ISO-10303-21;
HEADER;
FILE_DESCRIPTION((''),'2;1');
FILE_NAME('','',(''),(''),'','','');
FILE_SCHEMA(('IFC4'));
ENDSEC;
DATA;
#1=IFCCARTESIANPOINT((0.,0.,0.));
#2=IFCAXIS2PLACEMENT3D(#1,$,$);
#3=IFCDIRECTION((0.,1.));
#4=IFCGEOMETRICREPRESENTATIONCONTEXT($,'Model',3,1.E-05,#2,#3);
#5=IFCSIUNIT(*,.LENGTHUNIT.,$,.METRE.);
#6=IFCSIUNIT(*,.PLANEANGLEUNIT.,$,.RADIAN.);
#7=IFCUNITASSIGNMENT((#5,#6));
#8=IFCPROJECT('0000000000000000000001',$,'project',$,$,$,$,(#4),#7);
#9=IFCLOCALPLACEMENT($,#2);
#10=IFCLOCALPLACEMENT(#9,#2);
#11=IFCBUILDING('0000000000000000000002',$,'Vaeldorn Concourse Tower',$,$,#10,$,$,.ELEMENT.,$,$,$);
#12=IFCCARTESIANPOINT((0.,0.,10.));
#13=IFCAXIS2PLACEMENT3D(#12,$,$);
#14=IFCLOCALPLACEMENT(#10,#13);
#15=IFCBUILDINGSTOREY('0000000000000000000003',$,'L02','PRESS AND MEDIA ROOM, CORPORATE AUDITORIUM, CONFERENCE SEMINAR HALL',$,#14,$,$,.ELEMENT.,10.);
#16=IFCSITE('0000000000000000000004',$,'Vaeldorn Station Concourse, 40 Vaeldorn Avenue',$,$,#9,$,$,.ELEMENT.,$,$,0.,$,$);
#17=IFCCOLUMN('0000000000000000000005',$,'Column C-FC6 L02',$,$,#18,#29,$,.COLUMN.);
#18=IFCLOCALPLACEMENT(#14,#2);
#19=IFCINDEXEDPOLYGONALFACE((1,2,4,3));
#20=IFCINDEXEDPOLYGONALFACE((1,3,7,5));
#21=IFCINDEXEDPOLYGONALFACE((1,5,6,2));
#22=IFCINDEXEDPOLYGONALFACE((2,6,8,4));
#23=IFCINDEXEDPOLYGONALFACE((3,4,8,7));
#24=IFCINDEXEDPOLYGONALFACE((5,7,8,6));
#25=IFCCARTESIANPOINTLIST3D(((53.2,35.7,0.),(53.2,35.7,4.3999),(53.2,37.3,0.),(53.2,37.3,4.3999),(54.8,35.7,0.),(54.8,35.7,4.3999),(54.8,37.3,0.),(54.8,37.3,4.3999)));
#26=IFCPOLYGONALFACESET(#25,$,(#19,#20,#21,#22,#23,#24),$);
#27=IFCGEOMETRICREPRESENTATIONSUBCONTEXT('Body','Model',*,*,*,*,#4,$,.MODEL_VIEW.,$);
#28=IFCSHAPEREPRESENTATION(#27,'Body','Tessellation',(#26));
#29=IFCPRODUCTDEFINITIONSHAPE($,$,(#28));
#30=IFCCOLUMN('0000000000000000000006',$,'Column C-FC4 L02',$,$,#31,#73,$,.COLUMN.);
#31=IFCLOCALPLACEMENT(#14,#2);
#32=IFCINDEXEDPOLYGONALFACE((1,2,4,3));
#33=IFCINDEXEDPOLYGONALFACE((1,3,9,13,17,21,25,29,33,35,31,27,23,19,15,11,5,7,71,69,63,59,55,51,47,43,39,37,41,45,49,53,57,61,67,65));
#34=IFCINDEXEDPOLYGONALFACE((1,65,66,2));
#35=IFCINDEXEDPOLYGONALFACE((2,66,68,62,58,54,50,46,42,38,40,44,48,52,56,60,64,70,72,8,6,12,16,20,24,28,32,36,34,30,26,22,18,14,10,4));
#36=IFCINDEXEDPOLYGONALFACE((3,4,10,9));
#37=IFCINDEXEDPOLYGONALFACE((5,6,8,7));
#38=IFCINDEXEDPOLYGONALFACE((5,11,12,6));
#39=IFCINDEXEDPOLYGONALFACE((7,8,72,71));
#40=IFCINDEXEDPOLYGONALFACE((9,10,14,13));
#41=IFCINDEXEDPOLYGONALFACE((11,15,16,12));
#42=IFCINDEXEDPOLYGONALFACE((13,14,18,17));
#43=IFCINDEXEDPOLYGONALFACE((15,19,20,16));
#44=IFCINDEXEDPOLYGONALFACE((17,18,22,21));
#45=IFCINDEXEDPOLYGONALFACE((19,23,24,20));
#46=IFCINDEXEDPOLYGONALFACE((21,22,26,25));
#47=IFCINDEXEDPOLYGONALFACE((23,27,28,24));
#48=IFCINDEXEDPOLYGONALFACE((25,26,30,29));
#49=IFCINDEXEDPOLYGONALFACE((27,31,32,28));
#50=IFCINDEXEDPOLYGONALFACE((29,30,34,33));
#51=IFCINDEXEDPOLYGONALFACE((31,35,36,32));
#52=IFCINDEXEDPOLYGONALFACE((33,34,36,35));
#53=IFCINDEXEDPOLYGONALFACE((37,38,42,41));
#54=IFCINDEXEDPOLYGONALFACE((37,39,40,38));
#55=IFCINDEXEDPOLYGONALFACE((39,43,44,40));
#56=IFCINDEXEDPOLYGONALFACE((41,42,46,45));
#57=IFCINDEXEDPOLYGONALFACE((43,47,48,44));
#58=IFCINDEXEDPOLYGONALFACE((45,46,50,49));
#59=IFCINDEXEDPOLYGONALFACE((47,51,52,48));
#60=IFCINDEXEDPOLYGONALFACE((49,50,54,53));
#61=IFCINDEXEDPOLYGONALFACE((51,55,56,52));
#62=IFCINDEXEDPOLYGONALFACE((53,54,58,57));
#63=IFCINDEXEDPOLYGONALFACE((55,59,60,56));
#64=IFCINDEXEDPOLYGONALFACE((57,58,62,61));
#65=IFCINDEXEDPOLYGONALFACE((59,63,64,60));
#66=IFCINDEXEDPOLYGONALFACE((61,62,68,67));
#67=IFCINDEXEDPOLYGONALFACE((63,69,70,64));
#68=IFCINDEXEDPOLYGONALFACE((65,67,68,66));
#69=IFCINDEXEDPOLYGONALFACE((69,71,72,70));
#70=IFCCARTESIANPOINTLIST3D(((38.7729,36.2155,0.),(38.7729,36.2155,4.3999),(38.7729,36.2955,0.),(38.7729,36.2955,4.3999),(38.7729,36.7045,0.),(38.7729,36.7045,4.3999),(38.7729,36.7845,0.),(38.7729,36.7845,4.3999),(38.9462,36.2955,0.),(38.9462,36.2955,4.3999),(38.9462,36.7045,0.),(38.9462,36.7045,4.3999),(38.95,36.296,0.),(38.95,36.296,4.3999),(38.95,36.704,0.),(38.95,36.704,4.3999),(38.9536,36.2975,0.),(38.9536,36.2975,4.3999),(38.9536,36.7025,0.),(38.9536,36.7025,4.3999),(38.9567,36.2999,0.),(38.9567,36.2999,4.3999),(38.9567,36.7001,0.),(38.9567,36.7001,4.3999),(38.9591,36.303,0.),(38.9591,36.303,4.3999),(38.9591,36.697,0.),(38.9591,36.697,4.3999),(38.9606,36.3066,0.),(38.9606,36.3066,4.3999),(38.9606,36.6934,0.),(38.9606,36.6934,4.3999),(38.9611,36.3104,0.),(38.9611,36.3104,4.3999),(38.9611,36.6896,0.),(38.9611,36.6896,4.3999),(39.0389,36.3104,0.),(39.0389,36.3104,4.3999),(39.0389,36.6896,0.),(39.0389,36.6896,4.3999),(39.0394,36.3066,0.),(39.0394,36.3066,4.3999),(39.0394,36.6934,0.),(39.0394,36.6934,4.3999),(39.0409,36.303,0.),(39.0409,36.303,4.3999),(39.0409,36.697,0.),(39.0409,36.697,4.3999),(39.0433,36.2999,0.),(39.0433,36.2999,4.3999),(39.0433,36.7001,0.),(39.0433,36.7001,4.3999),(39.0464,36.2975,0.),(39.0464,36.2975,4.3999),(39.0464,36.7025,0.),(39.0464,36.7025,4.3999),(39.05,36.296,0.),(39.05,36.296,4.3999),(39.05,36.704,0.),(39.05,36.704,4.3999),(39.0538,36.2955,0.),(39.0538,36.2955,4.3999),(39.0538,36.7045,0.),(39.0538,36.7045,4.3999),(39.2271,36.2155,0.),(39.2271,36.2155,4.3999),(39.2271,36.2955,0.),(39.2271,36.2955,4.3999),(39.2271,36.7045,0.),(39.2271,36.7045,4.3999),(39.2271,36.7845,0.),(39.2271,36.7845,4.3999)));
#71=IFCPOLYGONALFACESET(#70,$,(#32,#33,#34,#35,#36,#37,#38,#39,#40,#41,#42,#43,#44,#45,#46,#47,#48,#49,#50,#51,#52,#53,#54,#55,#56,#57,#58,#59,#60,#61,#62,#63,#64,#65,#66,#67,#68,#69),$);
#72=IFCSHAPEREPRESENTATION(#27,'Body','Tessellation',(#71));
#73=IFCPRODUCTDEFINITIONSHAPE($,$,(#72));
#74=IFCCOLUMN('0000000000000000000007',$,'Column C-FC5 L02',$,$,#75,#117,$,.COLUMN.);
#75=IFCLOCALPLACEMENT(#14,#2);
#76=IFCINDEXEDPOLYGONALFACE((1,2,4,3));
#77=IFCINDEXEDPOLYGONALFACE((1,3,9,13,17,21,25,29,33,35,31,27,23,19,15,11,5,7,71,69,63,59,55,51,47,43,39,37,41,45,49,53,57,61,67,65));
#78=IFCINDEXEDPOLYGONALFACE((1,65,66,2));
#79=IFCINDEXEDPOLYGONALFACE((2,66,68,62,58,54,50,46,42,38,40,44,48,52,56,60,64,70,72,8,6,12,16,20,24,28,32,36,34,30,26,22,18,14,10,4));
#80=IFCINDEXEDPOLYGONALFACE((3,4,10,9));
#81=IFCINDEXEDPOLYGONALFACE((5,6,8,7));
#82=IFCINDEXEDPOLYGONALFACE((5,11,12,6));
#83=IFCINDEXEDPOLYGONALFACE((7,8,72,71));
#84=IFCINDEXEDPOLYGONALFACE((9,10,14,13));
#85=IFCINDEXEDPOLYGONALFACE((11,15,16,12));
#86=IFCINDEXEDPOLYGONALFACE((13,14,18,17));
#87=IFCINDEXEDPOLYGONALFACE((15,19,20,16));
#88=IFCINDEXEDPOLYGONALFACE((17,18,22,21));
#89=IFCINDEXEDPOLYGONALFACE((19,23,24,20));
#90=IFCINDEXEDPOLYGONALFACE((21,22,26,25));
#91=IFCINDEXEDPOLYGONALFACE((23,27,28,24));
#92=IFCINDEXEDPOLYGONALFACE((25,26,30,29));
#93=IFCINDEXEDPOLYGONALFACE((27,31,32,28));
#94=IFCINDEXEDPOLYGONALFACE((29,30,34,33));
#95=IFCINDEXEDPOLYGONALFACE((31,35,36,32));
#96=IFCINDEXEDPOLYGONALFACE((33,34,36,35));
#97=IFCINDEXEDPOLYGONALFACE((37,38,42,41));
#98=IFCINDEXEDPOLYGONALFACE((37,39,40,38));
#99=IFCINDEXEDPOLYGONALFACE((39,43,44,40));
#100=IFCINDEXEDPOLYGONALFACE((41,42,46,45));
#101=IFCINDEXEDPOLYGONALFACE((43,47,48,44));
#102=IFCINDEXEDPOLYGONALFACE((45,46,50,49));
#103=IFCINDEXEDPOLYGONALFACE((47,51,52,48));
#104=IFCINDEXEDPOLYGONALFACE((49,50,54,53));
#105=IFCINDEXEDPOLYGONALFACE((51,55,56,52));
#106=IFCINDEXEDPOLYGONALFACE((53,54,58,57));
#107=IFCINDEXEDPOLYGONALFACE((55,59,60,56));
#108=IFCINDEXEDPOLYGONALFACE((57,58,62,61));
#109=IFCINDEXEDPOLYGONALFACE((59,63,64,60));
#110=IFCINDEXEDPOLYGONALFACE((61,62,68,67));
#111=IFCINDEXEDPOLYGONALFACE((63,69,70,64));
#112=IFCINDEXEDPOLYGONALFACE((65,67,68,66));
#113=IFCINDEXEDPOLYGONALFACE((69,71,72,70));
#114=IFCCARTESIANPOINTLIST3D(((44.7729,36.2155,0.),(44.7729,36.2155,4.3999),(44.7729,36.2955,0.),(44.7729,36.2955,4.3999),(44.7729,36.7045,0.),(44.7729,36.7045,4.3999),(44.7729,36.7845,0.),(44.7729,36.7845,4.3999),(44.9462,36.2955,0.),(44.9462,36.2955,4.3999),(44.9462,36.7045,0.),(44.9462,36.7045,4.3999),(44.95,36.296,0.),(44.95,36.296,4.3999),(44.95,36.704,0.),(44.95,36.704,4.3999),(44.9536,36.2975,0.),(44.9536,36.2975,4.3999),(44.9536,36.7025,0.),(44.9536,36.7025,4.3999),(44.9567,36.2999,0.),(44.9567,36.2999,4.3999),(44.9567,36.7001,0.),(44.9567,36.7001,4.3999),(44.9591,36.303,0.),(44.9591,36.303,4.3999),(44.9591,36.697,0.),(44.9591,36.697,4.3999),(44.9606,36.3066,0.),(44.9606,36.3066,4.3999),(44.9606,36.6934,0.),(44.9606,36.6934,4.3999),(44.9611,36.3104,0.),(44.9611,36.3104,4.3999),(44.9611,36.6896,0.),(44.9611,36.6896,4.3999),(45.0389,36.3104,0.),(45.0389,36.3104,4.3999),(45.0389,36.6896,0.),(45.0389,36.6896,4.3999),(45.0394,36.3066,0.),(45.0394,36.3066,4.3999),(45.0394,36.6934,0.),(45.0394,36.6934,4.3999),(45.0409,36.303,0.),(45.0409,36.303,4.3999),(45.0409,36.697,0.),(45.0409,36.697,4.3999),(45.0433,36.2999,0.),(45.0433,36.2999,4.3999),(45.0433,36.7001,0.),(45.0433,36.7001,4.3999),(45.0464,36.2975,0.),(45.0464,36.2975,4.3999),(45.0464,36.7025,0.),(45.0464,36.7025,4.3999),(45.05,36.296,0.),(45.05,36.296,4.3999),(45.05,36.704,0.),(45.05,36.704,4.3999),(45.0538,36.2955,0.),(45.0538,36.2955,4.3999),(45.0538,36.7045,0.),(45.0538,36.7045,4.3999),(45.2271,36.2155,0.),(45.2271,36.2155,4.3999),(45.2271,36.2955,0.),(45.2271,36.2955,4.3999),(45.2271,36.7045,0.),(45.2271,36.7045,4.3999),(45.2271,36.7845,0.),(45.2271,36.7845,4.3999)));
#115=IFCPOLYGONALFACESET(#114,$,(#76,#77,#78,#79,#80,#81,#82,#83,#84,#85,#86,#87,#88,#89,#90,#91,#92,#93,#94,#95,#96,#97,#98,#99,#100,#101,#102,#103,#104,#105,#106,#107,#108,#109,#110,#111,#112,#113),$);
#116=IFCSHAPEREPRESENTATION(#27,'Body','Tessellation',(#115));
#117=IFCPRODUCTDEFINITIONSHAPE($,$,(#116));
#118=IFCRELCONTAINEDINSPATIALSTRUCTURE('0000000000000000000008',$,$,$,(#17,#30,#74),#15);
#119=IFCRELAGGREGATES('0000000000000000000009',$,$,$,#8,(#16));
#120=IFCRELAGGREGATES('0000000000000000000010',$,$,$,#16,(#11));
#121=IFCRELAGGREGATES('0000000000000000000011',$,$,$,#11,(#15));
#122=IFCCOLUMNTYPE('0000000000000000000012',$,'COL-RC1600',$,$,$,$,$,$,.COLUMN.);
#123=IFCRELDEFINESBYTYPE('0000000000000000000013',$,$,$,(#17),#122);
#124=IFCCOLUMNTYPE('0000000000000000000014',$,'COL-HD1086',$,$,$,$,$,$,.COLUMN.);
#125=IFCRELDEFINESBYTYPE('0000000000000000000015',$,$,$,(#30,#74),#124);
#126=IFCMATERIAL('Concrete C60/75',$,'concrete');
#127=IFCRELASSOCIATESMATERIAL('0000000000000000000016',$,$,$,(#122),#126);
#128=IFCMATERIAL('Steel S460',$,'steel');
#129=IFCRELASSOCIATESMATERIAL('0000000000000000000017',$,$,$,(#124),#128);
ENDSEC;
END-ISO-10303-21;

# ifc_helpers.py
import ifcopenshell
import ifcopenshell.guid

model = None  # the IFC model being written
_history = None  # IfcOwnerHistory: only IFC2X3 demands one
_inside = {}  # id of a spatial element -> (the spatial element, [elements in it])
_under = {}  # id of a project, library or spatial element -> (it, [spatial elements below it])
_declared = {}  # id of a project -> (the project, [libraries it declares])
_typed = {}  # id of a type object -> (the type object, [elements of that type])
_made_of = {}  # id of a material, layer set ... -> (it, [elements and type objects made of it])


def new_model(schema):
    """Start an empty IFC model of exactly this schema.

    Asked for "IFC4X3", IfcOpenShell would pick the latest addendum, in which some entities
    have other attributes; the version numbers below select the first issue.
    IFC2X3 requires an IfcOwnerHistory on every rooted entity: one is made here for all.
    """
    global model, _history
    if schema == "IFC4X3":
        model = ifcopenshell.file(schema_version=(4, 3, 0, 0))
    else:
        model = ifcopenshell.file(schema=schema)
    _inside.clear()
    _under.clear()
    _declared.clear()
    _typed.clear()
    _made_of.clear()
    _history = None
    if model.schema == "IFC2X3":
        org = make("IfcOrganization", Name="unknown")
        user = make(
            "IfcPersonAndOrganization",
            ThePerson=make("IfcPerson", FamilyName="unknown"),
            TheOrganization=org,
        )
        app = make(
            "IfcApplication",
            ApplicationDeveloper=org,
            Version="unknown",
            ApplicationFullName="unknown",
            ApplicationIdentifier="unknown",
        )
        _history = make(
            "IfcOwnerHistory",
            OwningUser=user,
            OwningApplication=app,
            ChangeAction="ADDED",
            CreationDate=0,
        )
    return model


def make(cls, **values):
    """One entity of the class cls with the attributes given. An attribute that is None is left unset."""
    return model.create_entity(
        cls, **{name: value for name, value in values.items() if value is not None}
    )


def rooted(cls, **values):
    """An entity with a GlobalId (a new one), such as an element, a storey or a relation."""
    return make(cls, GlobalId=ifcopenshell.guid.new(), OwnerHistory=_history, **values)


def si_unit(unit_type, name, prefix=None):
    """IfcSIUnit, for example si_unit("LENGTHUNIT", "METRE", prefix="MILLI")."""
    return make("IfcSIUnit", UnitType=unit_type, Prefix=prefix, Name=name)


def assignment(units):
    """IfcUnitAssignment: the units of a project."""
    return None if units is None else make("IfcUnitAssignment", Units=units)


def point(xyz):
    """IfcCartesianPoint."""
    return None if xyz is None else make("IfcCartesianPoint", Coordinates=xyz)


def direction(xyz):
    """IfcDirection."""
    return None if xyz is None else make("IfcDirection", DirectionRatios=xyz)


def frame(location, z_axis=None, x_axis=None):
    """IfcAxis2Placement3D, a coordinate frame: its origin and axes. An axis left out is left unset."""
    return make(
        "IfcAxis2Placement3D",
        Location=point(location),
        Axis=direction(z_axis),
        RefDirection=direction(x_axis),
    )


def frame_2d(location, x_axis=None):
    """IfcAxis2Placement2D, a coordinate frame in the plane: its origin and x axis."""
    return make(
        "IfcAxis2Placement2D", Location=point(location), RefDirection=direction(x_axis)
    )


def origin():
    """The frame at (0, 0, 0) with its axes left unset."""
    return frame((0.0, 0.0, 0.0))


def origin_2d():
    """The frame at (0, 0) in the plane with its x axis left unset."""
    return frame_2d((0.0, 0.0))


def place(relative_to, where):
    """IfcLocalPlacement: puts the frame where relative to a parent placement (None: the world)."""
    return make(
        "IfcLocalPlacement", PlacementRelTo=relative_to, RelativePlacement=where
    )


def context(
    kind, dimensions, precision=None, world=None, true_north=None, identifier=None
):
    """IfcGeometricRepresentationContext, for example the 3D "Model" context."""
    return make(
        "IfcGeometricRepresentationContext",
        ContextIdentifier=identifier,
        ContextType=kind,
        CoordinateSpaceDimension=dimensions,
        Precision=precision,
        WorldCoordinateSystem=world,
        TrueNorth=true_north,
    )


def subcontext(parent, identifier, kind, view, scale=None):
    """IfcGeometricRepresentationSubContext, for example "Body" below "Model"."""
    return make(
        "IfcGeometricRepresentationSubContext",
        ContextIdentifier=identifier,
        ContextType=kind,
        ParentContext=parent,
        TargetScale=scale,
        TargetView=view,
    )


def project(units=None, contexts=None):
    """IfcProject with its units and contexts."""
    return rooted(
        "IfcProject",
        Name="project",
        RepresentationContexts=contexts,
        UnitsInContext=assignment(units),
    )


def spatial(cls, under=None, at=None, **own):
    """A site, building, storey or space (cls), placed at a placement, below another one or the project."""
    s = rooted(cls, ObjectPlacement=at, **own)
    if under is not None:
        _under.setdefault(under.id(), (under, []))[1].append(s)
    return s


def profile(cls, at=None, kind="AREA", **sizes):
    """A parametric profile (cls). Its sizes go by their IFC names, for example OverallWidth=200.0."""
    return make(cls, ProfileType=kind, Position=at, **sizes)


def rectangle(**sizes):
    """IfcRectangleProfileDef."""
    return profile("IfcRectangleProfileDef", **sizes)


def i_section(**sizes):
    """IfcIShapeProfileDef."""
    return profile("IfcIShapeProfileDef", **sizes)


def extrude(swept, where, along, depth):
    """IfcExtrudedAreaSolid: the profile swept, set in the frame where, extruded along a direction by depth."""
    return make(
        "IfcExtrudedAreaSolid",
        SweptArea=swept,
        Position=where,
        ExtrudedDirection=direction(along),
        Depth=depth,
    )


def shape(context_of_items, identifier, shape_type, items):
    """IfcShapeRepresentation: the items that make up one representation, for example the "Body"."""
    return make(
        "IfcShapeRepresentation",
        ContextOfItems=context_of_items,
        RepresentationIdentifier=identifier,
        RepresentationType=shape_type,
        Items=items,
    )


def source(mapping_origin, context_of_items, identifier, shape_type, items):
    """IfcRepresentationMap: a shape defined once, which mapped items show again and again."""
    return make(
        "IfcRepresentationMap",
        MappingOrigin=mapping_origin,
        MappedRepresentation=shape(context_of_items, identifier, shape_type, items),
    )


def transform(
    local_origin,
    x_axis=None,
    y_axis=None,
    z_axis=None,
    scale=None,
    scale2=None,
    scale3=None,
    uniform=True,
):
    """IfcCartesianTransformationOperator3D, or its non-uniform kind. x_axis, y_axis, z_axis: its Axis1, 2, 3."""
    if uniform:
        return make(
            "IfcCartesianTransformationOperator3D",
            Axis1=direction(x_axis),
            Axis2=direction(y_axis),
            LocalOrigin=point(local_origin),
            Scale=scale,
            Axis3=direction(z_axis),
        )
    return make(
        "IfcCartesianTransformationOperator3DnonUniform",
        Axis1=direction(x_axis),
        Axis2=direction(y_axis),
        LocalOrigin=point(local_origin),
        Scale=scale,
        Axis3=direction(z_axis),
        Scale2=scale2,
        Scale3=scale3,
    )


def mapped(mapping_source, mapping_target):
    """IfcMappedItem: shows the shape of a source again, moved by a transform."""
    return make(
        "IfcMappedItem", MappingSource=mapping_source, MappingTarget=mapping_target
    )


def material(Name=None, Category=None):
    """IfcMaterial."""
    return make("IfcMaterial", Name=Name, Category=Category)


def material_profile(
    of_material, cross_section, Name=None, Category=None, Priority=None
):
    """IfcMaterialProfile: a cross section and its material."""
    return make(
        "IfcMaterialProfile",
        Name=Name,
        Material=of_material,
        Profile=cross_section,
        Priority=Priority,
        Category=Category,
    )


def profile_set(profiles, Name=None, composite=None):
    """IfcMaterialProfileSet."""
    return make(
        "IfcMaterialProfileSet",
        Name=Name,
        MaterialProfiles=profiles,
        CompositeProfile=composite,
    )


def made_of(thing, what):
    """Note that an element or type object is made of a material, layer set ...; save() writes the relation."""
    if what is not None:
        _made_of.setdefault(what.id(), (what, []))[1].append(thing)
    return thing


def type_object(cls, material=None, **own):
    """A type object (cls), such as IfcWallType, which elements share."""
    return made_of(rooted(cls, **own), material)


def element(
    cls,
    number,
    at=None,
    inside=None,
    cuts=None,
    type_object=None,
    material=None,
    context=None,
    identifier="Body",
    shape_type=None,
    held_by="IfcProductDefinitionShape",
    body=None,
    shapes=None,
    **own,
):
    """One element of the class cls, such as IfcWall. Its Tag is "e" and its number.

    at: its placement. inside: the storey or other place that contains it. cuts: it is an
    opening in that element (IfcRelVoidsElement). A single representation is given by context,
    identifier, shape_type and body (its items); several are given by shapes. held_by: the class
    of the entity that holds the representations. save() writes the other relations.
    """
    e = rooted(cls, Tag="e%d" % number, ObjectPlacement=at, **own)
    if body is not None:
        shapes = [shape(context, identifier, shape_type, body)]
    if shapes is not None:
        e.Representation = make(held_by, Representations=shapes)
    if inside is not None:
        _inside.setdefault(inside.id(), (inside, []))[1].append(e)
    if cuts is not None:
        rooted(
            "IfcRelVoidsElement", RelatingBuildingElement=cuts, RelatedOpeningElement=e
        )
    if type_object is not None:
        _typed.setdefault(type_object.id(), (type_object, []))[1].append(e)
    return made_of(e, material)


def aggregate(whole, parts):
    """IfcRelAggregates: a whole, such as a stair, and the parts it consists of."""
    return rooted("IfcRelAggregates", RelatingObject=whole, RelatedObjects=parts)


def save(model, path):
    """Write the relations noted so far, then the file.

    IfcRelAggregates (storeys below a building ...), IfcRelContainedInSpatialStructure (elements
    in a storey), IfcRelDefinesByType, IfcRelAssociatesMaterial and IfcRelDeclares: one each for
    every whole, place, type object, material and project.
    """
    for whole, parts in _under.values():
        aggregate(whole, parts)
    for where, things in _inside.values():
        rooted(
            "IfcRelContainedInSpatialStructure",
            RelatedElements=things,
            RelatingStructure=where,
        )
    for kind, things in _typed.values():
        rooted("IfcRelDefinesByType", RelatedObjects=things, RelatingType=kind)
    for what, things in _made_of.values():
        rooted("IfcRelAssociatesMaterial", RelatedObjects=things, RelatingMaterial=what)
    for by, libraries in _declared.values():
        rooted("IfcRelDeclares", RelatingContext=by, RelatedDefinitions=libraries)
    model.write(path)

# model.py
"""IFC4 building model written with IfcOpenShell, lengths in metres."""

from ifc_helpers import new_model, si_unit, direction, frame, origin, origin_2d, place, context, subcontext, project, spatial, rectangle, i_section, extrude, source, transform, mapped, material, material_profile, profile_set, type_object, element, save


model = new_model("IFC4")

# Units and contexts
model_context = context("Model", 3, precision=1e-05, world=origin(), true_north=direction((0.0, 1.0)))
body_context = subcontext(model_context, "Body", "Model", "MODEL_VIEW")
ifc_project = project(units=[si_unit("LENGTHUNIT", "METRE"), si_unit("PLANEANGLEUNIT", "RADIAN")], contexts=[model_context])

# Site, building, storey
site_placement = place(None, origin())
site = spatial("IfcSite", under=ifc_project, at=site_placement, Name="Vaeldorn Station Concourse, 40 Vaeldorn Avenue", CompositionType="ELEMENT", RefElevation=0.0)
building_placement = place(site_placement, origin())
building = spatial("IfcBuilding", under=site, at=building_placement, Name="Vaeldorn Concourse Tower", CompositionType="ELEMENT")
storey_placement = place(building_placement, frame((0.0, 0.0, 10.0)))
storey = spatial("IfcBuildingStorey", under=building, at=storey_placement, Name="L02", Description="PRESS AND MEDIA ROOM, CORPORATE AUDITORIUM, CONFERENCE SEMINAR HALL", CompositionType="ELEMENT", Elevation=10.0)

# Columns
ifc_material_1 = material(Name="Concrete C60/75", Category="concrete")
ifc_material_profile_1 = material_profile(ifc_material_1, rectangle(XDim=1.6001, YDim=1.6001, at=origin_2d()), Name="RC 1600x1600")
ifc_profile_set_1 = profile_set([ifc_material_profile_1], Name="Concrete C60/75")
column_type_1 = type_object("IfcColumnType", Name="COL-RC1600", PredefinedType="COLUMN", material=ifc_profile_set_1)
shared_shape_1 = source(origin(), body_context, "Body", "SweptSolid", [
    extrude(rectangle(XDim=1.6001, YDim=1.6001, at=origin_2d()), origin(), (0.0, 0.0, 1.0), 4.3999),
])
column_placement = place(storey_placement, frame((54.0, 36.5, 0.0), z_axis=(0.0, 0.0, 1.0), x_axis=(1.0, 0.0, 0.0)))
element("IfcColumn", 1, at=column_placement, inside=storey, type_object=column_type_1, Name="Column C-FC6 L02", PredefinedType="COLUMN", context=body_context, shape_type="MappedRepresentation", body=[
    mapped(shared_shape_1, transform((0.0, 0.0, 0.0), scale=1.0)),
])
ifc_material_2 = material(Name="Steel S460", Category="steel")
ifc_material_profile_2 = material_profile(ifc_material_2, i_section(OverallWidth=0.4541, OverallDepth=0.5691, WebThickness=0.0779, FlangeThickness=0.0801, FilletRadius=0.0149, at=origin_2d()), Name="HD 400x1086")
ifc_profile_set_2 = profile_set([ifc_material_profile_2], Name="Steel S460")
column_type_2 = type_object("IfcColumnType", Name="COL-HD1086", PredefinedType="COLUMN", material=ifc_profile_set_2)
shared_shape_2 = source(origin(), body_context, "Body", "SweptSolid", [
    extrude(i_section(OverallWidth=0.4541, OverallDepth=0.5691, WebThickness=0.0779, FlangeThickness=0.0801, FilletRadius=0.0149, at=origin_2d()), origin(), (0.0, 0.0, 1.0), 4.3999),
])
for number, where, z_axis, x_axis, name in (
    (2, (39.0, 36.5, 0.0), (0.0, 0.0, 1.0), (1.0, 0.0, 0.0), "Column C-FC4 L02"),
    (3, (45.0, 36.5, 0.0), (0.0, 0.0, 1.0), (1.0, 0.0, 0.0), "Column C-FC5 L02"),
):
    element("IfcColumn", number, at=place(storey_placement, frame(where, z_axis=z_axis, x_axis=x_axis)), inside=storey, type_object=column_type_2, Name=name, PredefinedType="COLUMN", context=body_context, shape_type="MappedRepresentation", body=[
        mapped(shared_shape_2, transform((0.0, 0.0, 0.0), scale=1.0)),
    ])

save(model, "model.ifc")
